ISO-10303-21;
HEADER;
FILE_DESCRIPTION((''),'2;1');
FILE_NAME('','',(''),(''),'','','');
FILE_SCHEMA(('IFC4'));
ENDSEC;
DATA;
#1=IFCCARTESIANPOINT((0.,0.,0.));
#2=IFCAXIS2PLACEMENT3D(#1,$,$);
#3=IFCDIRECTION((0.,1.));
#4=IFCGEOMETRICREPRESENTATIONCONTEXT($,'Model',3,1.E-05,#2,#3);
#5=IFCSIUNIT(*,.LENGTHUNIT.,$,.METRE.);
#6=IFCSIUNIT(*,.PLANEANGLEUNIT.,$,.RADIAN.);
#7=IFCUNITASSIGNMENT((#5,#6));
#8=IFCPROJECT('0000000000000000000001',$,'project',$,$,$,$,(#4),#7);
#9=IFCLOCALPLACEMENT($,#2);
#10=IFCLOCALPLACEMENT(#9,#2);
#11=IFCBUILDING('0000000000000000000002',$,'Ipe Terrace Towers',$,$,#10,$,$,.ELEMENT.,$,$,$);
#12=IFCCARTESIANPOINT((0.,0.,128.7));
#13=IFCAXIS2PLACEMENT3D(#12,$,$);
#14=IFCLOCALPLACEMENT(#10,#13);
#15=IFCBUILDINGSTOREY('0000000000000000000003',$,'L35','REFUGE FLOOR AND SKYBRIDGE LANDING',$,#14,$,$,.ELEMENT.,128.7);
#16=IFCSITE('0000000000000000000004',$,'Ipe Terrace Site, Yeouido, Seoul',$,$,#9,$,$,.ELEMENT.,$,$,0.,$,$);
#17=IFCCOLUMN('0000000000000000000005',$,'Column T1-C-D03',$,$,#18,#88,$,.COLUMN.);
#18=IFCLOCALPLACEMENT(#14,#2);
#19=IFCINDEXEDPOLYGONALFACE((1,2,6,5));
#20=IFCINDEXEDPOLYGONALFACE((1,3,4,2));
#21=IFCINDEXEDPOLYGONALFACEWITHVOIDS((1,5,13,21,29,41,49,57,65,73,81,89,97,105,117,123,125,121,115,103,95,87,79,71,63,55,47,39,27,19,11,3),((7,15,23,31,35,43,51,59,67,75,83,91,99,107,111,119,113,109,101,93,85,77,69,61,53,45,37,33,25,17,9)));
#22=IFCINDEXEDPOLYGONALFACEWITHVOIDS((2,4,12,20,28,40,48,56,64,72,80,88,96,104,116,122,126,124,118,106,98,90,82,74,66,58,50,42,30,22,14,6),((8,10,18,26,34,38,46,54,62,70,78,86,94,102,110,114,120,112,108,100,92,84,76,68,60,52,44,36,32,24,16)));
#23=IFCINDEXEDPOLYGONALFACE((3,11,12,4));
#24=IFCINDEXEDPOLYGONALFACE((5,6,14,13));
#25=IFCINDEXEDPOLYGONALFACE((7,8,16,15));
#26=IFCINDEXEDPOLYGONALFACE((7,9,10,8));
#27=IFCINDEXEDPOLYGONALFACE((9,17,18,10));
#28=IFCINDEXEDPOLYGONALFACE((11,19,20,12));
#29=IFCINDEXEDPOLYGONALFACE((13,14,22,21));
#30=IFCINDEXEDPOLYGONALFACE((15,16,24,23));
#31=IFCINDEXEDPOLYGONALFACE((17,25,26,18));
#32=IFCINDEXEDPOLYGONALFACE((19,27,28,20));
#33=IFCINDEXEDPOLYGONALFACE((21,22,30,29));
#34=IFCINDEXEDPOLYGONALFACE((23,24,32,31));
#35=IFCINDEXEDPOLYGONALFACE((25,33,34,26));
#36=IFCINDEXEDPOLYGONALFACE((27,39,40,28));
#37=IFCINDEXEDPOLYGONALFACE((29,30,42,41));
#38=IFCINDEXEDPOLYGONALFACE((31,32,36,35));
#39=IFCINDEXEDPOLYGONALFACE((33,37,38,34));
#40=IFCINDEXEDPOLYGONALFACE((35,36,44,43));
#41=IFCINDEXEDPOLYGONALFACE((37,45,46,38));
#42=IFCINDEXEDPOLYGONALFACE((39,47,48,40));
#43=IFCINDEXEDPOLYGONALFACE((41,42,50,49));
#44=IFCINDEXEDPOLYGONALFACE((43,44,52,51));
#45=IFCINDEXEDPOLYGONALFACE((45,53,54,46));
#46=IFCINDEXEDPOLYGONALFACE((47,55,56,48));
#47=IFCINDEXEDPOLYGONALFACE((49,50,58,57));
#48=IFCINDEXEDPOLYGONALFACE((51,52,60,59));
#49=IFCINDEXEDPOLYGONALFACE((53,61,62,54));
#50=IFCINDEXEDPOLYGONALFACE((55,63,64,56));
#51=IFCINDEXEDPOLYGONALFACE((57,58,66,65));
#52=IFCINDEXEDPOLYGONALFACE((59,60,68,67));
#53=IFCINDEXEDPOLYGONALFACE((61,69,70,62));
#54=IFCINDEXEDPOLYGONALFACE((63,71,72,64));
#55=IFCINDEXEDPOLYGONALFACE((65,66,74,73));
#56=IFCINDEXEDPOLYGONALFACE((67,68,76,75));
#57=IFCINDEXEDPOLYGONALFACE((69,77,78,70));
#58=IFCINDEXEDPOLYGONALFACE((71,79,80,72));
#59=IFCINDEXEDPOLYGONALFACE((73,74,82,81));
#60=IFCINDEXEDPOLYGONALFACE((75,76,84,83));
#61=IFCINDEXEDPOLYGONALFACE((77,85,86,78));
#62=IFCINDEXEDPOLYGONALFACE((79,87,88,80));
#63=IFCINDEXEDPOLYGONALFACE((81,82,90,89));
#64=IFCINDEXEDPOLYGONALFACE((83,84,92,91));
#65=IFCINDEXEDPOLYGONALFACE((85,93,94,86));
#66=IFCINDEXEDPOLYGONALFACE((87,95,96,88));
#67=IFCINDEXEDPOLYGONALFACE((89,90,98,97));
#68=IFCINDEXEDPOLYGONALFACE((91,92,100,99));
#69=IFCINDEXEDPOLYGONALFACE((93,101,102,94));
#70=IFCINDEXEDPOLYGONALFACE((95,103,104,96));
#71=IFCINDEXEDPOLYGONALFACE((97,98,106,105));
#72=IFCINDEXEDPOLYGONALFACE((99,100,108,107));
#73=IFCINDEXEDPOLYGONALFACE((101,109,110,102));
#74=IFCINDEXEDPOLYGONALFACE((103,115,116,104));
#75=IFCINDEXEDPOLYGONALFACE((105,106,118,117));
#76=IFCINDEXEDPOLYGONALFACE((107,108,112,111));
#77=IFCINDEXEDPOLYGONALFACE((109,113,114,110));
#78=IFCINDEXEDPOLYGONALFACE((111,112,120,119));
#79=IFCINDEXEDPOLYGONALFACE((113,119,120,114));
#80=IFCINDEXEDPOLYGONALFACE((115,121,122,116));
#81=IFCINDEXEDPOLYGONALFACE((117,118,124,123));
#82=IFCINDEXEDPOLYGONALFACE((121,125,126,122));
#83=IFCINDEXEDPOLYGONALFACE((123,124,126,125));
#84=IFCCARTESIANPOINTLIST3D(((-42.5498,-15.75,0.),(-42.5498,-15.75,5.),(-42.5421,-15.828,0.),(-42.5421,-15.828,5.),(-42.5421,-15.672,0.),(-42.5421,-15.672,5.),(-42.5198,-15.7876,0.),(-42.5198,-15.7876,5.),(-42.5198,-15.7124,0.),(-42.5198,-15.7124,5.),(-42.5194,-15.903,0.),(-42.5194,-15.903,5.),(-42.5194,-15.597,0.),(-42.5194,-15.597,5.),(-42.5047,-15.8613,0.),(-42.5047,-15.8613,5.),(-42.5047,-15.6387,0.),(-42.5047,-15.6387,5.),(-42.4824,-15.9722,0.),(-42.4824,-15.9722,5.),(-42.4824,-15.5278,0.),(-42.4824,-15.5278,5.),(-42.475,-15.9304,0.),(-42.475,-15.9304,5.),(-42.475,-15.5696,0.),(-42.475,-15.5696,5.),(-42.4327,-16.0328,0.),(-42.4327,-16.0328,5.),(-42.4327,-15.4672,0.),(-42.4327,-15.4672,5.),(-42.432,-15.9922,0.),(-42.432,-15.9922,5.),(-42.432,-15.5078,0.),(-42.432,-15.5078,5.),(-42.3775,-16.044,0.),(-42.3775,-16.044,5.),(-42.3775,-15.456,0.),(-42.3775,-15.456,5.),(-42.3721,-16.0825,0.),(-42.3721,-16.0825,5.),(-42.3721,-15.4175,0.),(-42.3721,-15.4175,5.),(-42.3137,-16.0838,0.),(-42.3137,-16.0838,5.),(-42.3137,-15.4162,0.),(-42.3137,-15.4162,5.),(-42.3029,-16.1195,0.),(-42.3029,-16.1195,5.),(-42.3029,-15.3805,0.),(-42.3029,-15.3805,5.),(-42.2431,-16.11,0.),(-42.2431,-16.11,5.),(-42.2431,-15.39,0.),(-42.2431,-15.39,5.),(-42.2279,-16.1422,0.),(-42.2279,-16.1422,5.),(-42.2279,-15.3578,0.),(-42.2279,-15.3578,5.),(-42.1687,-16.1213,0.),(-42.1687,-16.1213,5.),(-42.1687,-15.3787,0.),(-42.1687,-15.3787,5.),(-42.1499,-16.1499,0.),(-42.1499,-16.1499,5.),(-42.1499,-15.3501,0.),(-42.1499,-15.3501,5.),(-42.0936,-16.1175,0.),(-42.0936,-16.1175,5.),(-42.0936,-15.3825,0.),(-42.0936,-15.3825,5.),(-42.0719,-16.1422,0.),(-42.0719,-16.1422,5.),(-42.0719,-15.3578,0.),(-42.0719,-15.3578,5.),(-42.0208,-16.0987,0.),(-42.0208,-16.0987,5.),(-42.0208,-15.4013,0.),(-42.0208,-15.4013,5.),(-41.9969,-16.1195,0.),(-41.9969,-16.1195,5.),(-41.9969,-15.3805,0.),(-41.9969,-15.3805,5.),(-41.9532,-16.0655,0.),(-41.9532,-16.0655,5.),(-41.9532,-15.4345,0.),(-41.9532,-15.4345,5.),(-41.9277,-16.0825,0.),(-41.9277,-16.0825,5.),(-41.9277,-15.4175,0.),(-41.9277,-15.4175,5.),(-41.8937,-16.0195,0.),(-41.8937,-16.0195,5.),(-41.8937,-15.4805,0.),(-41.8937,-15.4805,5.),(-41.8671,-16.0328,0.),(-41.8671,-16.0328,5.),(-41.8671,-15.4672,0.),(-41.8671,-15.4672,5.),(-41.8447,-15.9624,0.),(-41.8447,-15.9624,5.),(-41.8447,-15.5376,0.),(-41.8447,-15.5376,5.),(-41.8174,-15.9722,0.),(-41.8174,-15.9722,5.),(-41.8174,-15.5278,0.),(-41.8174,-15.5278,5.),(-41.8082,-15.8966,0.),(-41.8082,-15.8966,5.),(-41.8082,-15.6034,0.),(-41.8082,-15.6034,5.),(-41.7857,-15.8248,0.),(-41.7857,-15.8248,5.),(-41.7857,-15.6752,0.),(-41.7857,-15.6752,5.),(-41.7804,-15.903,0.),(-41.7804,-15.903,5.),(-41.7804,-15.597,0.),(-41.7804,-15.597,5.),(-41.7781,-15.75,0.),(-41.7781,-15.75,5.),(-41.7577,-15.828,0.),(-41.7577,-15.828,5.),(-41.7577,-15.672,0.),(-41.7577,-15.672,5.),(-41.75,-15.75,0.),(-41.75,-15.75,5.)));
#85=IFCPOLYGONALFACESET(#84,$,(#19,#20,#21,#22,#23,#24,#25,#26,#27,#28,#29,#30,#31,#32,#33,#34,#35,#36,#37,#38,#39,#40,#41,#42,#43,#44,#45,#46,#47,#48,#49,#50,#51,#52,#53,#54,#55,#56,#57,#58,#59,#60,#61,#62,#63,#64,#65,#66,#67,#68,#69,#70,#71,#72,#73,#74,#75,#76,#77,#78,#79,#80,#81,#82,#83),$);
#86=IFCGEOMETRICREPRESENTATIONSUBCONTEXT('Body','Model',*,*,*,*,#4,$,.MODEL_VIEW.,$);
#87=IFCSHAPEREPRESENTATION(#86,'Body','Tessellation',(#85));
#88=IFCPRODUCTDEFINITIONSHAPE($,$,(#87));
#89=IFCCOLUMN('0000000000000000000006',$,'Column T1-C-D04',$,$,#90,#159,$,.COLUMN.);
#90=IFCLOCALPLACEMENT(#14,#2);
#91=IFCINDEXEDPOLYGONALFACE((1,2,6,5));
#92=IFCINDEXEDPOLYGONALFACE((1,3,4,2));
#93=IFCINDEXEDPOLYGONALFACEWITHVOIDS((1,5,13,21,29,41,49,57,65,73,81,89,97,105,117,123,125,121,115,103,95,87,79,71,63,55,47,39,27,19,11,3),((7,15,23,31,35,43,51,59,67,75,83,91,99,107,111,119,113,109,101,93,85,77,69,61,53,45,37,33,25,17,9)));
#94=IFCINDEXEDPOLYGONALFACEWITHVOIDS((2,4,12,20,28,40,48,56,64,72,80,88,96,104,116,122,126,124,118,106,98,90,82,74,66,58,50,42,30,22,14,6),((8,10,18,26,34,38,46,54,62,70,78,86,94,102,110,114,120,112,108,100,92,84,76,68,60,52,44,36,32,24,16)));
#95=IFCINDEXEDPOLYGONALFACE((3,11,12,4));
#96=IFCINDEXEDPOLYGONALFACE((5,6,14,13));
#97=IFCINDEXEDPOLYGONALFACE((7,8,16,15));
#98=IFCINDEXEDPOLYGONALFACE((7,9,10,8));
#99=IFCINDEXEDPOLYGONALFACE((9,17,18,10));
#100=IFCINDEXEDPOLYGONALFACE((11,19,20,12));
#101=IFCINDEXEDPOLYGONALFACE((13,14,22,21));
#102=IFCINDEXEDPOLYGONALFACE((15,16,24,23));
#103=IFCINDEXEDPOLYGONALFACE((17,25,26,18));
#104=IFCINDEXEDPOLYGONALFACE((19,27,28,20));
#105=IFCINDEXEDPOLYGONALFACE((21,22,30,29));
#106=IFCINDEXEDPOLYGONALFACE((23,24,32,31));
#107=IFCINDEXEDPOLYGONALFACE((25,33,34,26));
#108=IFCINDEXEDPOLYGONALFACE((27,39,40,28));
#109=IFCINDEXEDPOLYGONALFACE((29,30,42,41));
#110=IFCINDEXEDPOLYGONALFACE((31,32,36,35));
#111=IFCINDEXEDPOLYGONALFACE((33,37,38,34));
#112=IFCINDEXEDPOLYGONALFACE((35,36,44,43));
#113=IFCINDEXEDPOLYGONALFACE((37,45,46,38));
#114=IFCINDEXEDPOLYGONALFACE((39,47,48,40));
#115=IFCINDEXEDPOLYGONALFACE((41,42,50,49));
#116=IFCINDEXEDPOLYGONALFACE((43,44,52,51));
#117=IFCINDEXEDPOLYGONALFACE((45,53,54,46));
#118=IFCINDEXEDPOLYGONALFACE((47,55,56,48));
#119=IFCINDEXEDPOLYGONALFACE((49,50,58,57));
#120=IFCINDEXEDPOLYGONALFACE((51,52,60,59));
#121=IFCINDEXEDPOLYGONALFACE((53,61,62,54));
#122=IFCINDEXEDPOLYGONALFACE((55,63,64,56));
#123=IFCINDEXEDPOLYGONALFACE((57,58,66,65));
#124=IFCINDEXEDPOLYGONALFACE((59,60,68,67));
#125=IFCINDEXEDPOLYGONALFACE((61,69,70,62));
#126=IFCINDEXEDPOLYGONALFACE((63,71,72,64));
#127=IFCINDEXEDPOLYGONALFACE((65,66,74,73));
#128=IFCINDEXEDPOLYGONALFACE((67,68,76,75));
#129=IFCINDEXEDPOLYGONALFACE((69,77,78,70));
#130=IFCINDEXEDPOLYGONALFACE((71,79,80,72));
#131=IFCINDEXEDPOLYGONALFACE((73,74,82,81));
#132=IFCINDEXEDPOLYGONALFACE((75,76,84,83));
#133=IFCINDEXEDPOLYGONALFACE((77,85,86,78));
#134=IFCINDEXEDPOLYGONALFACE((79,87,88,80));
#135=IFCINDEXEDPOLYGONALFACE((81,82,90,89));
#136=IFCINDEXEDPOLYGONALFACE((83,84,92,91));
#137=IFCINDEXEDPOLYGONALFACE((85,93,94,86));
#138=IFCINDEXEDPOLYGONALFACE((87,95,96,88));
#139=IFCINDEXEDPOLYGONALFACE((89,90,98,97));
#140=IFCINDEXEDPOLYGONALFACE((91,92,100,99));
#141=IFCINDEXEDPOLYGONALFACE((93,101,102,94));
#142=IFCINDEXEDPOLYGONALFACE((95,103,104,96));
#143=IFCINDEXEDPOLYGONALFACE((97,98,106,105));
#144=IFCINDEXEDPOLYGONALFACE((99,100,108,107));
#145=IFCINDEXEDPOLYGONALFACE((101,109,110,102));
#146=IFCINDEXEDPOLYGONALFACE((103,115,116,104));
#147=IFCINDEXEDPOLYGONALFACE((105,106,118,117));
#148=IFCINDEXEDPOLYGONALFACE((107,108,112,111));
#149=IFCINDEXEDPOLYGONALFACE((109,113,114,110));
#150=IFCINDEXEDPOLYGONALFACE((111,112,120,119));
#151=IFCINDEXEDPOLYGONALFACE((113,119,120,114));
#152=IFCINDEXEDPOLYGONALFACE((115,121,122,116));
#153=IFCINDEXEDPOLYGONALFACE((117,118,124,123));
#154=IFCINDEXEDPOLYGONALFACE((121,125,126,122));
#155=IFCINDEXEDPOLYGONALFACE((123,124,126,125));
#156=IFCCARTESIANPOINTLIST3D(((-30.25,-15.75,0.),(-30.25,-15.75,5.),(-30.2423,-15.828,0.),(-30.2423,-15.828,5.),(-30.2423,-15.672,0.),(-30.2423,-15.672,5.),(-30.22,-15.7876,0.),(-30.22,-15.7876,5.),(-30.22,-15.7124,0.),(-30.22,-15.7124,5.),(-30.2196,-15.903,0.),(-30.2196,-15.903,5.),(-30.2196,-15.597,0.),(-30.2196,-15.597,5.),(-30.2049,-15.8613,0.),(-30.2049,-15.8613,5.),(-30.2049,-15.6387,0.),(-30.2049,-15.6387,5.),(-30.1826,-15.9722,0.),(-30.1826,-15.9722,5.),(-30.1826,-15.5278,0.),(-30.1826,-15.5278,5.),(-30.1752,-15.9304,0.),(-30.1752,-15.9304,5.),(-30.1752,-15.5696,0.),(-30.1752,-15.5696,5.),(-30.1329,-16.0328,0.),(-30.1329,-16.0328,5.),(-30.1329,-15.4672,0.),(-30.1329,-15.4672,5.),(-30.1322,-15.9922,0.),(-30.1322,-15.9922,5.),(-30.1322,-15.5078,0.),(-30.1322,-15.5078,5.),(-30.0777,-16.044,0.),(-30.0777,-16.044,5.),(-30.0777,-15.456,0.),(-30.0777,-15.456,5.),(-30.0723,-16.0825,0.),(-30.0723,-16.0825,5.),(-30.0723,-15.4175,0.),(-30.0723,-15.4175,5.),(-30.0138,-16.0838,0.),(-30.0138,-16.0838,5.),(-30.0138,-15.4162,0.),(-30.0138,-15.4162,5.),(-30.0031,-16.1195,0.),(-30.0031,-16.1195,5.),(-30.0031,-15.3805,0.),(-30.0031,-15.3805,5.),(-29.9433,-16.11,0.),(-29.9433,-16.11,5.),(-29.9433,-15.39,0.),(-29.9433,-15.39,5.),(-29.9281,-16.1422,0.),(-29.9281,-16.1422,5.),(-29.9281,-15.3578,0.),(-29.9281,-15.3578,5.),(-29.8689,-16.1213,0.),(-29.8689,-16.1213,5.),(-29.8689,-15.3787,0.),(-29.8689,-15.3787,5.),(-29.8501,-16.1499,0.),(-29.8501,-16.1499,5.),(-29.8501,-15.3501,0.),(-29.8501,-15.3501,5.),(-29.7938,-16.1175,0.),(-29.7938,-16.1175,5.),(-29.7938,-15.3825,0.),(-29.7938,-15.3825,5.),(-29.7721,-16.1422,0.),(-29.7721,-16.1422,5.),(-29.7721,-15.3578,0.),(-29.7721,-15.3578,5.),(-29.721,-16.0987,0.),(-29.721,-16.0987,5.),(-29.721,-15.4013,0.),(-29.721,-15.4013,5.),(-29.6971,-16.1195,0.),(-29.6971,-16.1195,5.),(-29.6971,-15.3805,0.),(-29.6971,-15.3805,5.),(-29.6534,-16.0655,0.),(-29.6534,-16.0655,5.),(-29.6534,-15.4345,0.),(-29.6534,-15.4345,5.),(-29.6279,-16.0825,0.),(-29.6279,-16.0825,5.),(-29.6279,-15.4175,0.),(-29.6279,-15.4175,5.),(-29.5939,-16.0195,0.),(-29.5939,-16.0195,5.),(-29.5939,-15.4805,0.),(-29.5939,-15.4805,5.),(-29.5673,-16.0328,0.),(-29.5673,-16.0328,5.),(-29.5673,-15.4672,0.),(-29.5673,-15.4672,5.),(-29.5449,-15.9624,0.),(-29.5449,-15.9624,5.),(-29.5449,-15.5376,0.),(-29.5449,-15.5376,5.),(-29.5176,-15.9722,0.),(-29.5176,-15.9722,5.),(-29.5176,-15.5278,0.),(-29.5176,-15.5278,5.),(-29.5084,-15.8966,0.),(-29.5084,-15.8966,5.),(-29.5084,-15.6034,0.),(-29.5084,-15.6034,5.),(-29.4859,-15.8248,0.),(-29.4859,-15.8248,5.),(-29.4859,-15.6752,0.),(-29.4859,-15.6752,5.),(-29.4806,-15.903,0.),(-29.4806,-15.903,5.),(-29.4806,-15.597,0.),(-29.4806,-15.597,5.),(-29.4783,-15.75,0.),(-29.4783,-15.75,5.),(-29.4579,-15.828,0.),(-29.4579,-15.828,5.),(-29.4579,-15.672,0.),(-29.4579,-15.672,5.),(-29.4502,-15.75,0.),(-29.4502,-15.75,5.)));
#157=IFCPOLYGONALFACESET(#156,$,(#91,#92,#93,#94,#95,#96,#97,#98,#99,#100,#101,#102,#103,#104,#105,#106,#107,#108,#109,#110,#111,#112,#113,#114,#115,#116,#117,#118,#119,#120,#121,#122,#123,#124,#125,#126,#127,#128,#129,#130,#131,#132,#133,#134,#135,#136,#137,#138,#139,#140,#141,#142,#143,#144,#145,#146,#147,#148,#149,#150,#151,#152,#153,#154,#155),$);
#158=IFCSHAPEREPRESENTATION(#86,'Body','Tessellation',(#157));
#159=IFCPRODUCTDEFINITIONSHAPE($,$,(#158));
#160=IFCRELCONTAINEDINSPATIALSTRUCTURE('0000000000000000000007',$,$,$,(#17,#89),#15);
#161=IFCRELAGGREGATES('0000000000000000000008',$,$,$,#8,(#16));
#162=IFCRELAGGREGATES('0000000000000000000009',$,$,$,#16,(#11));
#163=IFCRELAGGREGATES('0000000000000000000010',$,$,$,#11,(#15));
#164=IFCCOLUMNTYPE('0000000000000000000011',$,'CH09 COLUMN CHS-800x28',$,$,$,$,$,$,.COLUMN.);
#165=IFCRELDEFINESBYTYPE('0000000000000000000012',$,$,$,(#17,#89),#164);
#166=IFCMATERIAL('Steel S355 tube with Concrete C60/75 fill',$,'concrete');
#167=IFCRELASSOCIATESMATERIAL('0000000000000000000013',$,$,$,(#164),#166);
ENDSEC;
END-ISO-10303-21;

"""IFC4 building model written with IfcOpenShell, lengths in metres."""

from ifc_helpers import new_model, si_unit, direction, frame, origin, origin_2d, place, context, subcontext, project, spatial, hollow_circle, extrude, material, material_profile, profile_set, type_object, element, save


model = new_model("IFC4")

# Units and contexts
model_context = context("Model", 3, precision=1e-05, world=origin(), true_north=direction((0.0, 1.0)))
body_context = subcontext(model_context, "Body", "Model", "MODEL_VIEW")
ifc_project = project(units=[si_unit("LENGTHUNIT", "METRE"), si_unit("PLANEANGLEUNIT", "RADIAN")], contexts=[model_context])

# Site, building, storey
site_placement = place(None, origin())
site = spatial("IfcSite", under=ifc_project, at=site_placement, Name="Ipe Terrace Site, Yeouido, Seoul", CompositionType="ELEMENT", RefElevation=0.0)
building_placement = place(site_placement, origin())
building = spatial("IfcBuilding", under=site, at=building_placement, Name="Ipe Terrace Towers", CompositionType="ELEMENT")
storey_placement = place(building_placement, frame((0.0, 0.0, 128.7)))
storey = spatial("IfcBuildingStorey", under=building, at=storey_placement, Name="L35", Description="REFUGE FLOOR AND SKYBRIDGE LANDING", CompositionType="ELEMENT", Elevation=128.7)

# Columns
ifc_material_1 = material(Name="Steel S355 tube with Concrete C60/75 fill", Category="concrete")
ifc_material_profile_1 = material_profile(ifc_material_1, hollow_circle(Radius=0.3999, WallThickness=0.0281, at=origin_2d()), Name="CHS-800x28")
ifc_profile_set_1 = profile_set([ifc_material_profile_1], Name="Steel S355 tube with Concrete C60/75 fill")
column_type_1 = type_object("IfcColumnType", Name="CH09 COLUMN CHS-800x28", PredefinedType="COLUMN", material=ifc_profile_set_1)
for number, where, z_axis, x_axis, name in (
    (1, (-42.1499, -15.75, 0.0), (0.0, 0.0, 1.0), (1.0, 0.0, 0.0), "Column T1-C-D03"),
    (2, (-29.8501, -15.75, 0.0), (0.0, 0.0, 1.0), (1.0, 0.0, 0.0), "Column T1-C-D04"),
):
    element("IfcColumn", number, at=place(storey_placement, frame(where, z_axis=z_axis, x_axis=x_axis)), inside=storey, type_object=column_type_1, Name=name, PredefinedType="COLUMN", context=body_context, shape_type="SweptSolid", body=[
        extrude(hollow_circle(Radius=0.3999, WallThickness=0.0281, at=origin_2d()), origin(), (0.0, 0.0, 1.0), 5.0),
    ])

save(model, "model.ifc")
